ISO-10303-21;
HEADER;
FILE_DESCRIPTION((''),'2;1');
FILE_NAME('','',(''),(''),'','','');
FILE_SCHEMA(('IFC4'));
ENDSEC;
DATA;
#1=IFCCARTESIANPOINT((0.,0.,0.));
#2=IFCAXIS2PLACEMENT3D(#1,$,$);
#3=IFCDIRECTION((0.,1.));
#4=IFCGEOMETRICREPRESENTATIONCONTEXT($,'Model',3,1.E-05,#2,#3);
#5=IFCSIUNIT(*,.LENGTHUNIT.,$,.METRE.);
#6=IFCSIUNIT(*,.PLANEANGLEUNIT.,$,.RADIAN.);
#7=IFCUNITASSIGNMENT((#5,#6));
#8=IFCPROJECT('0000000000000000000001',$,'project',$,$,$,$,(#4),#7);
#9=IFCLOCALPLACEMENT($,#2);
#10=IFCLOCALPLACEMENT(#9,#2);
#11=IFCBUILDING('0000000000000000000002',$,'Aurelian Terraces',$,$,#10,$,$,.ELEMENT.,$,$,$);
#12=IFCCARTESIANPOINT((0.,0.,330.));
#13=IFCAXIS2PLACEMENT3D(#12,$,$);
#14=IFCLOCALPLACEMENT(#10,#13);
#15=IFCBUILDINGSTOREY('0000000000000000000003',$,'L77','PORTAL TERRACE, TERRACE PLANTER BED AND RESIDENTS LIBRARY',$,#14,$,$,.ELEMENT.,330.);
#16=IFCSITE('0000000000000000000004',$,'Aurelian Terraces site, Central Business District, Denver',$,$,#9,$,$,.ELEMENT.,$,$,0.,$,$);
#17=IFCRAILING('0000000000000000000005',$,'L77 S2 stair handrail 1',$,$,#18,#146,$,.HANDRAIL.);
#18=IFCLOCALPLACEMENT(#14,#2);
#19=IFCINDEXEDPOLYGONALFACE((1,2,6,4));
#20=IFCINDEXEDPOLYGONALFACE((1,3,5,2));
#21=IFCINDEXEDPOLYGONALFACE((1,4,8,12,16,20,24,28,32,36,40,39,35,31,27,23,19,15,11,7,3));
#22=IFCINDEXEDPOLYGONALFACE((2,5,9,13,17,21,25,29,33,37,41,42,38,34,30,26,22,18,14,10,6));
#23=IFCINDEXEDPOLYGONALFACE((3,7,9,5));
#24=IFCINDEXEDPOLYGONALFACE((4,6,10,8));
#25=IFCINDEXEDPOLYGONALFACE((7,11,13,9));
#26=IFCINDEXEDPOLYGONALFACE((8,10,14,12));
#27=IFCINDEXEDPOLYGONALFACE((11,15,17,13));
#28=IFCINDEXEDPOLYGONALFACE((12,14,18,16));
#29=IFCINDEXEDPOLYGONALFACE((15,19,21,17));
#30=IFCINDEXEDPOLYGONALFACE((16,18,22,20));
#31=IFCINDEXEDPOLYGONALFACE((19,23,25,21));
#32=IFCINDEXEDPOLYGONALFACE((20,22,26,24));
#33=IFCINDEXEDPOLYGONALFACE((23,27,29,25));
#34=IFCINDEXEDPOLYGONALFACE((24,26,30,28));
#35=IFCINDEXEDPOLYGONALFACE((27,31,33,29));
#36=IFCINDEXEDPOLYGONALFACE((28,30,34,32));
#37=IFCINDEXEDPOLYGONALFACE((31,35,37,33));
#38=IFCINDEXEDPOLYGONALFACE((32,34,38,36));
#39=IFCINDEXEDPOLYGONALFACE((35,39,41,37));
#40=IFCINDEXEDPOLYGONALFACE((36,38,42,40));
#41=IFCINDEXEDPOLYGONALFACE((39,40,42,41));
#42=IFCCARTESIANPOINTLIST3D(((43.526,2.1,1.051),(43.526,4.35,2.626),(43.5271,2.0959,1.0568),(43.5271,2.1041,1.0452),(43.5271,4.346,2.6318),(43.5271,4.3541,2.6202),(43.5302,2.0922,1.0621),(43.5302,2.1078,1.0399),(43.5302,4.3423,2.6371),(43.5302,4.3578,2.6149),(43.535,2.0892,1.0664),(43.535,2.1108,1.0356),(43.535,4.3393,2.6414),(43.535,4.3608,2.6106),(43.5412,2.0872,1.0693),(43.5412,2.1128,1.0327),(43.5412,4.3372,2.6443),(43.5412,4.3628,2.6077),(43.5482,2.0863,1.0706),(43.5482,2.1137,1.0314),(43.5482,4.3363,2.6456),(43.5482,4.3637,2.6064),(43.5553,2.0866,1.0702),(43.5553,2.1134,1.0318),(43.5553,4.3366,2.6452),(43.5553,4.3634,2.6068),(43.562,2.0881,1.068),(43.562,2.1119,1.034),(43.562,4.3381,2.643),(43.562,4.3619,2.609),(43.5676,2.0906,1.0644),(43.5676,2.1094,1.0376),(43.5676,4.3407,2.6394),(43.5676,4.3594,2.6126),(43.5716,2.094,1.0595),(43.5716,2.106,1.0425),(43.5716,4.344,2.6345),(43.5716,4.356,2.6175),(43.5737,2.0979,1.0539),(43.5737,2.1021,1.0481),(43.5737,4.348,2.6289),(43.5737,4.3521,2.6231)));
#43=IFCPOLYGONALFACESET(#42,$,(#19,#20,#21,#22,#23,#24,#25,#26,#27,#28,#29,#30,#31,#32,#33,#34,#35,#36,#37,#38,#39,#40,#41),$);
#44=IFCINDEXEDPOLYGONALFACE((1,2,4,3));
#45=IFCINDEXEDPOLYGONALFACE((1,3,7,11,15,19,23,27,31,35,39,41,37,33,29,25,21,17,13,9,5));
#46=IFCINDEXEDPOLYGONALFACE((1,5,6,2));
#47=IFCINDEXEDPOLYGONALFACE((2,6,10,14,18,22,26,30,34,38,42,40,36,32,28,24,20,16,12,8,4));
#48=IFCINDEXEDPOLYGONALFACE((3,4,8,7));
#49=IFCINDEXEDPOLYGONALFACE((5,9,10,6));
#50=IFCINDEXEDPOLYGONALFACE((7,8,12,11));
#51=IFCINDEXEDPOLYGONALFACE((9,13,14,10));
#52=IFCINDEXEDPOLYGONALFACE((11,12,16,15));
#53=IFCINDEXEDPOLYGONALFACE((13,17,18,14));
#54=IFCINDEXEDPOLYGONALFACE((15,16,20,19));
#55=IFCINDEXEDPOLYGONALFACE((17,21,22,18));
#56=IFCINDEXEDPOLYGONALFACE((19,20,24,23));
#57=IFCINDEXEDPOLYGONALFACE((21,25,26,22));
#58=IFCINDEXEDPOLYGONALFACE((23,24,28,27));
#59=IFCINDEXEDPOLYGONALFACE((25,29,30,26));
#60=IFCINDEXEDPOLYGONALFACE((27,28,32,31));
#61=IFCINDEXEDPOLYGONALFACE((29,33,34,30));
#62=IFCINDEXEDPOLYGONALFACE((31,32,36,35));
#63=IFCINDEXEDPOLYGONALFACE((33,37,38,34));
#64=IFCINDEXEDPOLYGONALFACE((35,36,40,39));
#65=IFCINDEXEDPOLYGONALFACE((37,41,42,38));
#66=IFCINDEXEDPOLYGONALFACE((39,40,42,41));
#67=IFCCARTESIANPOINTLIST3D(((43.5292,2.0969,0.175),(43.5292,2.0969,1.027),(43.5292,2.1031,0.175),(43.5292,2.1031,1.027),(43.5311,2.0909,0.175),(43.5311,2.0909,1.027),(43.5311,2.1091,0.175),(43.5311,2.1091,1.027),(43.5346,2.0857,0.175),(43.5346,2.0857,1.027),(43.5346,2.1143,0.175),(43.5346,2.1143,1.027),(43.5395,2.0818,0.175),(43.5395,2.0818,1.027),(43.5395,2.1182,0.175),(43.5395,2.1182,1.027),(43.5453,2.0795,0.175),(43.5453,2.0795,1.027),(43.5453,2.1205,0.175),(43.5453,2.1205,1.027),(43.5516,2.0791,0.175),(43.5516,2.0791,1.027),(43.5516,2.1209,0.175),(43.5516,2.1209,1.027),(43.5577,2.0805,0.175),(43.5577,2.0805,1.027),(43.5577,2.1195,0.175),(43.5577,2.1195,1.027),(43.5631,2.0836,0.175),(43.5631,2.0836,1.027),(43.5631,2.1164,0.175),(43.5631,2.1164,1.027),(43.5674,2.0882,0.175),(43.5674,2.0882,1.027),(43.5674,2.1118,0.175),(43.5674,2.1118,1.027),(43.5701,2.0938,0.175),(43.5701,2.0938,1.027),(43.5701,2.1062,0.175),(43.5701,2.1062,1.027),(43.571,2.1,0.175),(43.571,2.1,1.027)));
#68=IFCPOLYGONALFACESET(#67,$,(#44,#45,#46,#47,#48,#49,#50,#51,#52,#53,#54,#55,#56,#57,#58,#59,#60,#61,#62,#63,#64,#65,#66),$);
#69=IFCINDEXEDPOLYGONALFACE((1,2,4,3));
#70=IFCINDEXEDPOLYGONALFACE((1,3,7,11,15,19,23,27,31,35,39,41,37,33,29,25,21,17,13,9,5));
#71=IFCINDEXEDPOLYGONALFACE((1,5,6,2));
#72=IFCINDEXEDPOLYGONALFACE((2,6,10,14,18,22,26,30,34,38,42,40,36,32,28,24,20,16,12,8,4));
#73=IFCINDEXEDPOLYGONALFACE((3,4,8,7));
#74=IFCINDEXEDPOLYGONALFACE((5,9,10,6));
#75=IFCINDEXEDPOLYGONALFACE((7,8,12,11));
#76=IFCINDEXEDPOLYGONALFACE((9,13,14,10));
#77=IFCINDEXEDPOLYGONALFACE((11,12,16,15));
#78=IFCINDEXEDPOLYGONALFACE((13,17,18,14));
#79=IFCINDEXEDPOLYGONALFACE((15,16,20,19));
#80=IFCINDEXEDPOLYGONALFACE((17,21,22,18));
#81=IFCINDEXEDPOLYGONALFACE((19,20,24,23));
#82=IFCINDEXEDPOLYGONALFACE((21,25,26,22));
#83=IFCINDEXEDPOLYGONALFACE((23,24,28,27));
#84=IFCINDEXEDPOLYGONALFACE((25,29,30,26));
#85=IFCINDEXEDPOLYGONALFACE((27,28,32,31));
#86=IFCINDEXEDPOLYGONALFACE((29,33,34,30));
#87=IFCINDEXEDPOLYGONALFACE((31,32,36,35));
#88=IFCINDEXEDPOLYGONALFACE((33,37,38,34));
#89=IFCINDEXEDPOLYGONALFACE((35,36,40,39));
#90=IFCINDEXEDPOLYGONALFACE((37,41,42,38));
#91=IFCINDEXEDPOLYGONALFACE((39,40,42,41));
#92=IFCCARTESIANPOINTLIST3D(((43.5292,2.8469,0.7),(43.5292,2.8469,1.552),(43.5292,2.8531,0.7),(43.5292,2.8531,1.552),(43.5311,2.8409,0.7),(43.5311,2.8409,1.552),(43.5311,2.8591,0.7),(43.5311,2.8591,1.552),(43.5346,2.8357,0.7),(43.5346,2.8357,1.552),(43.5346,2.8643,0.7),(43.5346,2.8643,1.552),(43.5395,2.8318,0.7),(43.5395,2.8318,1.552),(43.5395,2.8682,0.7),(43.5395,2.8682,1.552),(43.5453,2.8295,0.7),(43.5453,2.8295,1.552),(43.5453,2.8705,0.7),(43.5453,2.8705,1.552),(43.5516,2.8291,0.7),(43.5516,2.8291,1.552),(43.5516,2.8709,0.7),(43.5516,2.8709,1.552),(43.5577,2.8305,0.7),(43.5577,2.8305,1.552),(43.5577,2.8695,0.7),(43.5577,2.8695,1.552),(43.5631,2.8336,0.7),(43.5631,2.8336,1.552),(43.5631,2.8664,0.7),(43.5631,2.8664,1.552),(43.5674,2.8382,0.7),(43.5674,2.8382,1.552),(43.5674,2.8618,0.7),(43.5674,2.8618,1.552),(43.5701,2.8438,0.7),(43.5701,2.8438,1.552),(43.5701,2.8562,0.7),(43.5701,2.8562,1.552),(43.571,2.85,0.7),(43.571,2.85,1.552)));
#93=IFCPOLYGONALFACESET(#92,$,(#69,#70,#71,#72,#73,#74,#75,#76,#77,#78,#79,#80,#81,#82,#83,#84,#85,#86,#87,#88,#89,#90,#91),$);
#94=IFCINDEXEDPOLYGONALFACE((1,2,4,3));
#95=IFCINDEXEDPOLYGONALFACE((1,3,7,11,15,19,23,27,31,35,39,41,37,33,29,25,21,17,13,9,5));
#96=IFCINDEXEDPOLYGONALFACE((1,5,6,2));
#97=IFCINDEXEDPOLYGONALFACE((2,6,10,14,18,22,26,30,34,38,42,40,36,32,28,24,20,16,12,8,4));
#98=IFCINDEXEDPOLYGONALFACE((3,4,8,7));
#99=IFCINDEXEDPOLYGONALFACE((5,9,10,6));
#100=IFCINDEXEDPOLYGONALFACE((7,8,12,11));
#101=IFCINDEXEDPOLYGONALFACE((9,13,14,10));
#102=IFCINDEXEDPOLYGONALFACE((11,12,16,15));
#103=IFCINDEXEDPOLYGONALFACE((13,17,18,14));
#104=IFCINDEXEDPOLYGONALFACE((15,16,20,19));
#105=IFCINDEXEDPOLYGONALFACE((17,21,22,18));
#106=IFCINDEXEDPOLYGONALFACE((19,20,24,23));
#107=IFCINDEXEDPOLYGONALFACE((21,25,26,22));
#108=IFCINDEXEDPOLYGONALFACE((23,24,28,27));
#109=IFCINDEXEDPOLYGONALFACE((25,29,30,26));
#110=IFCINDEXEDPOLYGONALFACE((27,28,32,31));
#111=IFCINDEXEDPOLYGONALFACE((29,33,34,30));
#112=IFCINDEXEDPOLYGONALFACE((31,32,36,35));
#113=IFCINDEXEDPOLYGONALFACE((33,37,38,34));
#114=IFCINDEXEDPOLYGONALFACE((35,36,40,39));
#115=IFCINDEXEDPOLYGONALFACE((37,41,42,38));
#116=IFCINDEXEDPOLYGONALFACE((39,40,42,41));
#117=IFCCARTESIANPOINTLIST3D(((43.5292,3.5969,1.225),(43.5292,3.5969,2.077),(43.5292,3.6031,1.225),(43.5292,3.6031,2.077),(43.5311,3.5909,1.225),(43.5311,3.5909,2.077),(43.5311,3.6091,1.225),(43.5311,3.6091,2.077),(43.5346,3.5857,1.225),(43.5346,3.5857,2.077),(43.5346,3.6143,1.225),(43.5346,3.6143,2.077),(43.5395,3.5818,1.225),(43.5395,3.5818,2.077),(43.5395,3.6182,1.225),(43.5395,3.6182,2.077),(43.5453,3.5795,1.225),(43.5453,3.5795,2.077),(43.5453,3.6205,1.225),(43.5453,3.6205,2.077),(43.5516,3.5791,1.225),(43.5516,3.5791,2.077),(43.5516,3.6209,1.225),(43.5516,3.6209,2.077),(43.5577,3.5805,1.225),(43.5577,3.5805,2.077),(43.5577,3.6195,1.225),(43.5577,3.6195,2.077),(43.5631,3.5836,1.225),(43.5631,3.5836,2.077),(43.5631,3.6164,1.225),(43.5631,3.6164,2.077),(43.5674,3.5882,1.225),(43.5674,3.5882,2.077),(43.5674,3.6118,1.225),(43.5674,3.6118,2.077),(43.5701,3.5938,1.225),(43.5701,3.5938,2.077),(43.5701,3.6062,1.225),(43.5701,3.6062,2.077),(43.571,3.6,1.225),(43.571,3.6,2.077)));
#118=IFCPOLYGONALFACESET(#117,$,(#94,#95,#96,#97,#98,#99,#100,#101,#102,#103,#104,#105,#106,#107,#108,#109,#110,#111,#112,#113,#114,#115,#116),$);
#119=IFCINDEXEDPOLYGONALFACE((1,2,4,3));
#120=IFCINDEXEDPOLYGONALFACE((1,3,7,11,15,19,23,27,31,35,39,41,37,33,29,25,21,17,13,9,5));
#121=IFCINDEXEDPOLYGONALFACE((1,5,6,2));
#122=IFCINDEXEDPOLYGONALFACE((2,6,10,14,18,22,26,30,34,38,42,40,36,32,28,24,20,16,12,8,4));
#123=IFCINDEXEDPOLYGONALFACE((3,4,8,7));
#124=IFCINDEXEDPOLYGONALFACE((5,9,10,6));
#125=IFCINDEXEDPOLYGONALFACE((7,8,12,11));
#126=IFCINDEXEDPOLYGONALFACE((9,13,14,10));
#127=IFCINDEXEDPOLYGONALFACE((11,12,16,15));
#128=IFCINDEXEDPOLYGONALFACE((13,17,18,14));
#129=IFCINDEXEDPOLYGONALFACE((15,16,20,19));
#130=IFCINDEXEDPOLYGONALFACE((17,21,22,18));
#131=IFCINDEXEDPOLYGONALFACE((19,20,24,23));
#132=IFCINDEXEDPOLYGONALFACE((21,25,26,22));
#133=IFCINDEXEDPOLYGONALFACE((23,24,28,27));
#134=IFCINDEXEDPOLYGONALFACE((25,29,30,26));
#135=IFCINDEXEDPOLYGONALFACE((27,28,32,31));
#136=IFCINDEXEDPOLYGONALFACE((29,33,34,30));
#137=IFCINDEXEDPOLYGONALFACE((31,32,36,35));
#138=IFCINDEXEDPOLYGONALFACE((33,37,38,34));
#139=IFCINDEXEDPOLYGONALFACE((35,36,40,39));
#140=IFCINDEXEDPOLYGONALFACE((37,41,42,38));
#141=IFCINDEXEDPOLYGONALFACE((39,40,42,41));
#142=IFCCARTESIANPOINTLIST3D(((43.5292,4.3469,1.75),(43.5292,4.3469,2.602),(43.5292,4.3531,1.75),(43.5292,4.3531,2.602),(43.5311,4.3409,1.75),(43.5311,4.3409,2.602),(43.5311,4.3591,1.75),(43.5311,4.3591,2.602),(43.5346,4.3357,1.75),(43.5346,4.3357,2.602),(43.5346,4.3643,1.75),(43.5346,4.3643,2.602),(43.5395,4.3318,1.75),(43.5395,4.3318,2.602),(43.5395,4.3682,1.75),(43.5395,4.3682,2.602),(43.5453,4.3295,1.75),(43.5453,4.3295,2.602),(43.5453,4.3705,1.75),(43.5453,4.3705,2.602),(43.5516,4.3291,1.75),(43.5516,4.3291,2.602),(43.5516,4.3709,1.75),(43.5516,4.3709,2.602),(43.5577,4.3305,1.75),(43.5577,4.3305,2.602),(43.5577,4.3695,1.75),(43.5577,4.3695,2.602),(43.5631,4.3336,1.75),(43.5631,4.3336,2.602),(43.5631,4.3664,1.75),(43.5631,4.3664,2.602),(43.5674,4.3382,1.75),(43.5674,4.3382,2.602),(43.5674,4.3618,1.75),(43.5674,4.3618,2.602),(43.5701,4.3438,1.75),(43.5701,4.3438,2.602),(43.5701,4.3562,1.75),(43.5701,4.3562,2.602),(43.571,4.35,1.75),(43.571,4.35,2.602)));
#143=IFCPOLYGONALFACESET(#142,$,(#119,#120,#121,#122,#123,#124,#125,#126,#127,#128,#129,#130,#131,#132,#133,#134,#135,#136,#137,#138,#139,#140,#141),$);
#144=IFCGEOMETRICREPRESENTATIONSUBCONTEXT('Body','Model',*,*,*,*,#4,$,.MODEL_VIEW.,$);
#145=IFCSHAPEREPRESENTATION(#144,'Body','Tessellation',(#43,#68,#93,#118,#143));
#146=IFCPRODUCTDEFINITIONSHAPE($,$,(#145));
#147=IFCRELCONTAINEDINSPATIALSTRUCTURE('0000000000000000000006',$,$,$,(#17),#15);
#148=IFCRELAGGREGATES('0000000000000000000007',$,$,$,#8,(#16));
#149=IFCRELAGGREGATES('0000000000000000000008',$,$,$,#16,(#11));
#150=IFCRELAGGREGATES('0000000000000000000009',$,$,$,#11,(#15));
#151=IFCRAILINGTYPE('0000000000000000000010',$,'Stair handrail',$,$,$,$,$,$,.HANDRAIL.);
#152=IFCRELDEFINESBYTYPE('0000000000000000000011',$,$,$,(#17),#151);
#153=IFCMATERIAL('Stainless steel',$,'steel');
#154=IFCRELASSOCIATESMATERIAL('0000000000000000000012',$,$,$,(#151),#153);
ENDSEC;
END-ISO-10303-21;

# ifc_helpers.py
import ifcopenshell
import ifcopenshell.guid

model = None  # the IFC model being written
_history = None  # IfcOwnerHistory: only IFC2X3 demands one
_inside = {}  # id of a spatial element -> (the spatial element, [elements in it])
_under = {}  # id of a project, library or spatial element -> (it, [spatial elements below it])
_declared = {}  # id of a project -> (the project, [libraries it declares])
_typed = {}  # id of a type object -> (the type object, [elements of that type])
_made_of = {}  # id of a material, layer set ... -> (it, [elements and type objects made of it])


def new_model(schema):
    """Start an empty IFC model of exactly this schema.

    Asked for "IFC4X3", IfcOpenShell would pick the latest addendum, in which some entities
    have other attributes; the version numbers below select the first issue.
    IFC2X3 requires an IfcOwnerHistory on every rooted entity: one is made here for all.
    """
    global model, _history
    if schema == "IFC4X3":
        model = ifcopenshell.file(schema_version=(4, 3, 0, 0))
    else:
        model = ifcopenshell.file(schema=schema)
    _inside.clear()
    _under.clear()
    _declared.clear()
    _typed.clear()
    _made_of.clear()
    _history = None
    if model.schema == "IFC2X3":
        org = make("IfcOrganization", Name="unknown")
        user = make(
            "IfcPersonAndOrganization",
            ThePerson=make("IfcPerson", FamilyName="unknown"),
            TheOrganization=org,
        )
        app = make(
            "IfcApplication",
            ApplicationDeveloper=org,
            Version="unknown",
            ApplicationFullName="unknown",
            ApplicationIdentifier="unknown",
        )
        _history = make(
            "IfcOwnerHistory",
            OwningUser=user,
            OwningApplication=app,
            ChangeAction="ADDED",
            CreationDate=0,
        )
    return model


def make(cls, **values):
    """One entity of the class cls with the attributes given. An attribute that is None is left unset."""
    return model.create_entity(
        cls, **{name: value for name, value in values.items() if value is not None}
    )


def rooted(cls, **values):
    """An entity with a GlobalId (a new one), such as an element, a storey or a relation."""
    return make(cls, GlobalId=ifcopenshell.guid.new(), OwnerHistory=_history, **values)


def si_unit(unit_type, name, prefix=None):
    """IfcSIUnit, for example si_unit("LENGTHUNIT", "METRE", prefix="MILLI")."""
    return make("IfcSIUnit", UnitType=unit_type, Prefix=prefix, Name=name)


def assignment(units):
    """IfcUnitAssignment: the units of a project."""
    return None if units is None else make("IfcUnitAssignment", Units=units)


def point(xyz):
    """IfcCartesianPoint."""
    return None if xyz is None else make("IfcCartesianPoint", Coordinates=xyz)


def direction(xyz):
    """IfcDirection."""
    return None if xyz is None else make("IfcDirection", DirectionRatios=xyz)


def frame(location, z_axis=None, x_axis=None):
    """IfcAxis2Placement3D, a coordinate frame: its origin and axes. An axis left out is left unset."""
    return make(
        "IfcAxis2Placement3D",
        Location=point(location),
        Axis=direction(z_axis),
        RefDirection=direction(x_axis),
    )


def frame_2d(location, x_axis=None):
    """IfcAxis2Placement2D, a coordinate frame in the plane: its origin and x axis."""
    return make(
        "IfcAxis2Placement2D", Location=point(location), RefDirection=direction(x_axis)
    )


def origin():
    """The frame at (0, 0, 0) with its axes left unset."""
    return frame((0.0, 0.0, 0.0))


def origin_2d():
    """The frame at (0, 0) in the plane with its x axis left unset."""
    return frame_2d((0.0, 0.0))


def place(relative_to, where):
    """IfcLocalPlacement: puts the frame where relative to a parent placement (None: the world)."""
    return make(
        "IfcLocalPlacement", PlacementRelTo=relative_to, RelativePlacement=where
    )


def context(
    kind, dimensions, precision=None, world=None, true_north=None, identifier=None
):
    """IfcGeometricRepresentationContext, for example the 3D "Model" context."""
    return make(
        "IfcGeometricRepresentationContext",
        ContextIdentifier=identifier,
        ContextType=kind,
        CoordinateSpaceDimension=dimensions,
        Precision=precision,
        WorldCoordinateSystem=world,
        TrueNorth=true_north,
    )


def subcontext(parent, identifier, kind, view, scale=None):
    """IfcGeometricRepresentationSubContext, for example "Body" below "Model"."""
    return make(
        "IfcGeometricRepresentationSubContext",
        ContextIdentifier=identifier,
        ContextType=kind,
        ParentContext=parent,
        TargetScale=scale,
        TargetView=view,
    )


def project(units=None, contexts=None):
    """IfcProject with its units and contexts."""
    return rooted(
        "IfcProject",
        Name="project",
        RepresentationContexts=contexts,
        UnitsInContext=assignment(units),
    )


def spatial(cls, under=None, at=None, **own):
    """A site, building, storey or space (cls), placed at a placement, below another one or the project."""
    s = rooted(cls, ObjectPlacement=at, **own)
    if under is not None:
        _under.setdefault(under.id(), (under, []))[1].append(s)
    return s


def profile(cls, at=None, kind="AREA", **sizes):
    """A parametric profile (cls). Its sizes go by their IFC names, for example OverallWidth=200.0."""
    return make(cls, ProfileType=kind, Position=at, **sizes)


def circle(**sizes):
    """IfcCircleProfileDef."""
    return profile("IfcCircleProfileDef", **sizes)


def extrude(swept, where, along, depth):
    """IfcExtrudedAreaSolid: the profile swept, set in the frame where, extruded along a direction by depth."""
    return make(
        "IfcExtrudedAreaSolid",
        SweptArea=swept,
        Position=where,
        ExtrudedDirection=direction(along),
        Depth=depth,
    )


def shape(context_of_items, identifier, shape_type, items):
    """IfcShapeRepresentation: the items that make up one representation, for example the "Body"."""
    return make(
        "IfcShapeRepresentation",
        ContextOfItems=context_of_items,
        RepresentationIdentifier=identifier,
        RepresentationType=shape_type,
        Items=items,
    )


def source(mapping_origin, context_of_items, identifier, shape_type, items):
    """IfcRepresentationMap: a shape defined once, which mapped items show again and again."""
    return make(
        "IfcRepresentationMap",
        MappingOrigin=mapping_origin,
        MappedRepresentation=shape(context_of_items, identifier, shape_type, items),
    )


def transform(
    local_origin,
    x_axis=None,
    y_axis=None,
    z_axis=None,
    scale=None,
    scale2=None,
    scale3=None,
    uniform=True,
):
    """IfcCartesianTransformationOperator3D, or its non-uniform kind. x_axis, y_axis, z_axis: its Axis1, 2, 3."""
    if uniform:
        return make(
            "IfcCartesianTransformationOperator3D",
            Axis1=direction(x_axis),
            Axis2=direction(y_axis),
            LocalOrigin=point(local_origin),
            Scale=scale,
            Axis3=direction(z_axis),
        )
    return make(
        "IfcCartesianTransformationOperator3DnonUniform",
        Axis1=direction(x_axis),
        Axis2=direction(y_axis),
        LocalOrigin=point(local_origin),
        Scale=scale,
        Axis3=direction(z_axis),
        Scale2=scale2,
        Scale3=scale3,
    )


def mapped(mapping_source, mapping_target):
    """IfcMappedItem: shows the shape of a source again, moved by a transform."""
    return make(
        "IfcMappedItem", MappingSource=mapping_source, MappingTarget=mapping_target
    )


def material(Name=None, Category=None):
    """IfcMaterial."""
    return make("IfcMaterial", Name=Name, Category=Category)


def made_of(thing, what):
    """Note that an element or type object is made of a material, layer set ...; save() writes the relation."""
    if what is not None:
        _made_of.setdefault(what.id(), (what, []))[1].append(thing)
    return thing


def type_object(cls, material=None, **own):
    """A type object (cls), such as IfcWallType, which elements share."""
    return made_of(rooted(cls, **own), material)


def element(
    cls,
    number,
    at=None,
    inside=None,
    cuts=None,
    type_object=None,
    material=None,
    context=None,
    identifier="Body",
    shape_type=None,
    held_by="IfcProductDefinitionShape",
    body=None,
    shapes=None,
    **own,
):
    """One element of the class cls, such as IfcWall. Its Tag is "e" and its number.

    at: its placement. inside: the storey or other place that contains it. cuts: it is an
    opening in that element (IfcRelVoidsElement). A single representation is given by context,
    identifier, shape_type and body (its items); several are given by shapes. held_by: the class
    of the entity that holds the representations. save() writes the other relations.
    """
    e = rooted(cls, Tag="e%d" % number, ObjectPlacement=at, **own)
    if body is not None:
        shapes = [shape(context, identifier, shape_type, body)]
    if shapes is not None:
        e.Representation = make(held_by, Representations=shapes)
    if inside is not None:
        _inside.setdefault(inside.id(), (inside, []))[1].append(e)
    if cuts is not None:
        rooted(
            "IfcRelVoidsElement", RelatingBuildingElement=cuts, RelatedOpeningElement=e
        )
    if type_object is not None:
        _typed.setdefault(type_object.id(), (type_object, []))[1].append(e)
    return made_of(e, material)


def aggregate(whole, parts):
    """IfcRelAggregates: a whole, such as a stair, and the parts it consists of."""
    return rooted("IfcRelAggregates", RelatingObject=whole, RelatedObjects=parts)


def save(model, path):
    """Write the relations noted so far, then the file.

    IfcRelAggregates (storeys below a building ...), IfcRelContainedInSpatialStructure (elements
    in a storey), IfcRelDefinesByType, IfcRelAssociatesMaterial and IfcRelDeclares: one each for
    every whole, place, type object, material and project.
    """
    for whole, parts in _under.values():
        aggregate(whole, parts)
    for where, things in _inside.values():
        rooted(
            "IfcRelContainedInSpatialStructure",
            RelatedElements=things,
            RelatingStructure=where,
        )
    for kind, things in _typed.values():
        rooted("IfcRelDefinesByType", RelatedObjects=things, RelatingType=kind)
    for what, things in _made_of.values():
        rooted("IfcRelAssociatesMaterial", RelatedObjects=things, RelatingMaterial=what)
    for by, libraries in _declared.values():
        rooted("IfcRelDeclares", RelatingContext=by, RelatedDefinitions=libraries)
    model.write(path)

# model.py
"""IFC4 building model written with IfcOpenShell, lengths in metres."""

from ifc_helpers import new_model, si_unit, direction, frame, origin, origin_2d, place, context, subcontext, project, spatial, circle, extrude, source, transform, mapped, material, type_object, element, save


model = new_model("IFC4")

# Units and contexts
model_context = context("Model", 3, precision=1e-05, world=origin(), true_north=direction((0.0, 1.0)))
body_context = subcontext(model_context, "Body", "Model", "MODEL_VIEW")
ifc_project = project(units=[si_unit("LENGTHUNIT", "METRE"), si_unit("PLANEANGLEUNIT", "RADIAN")], contexts=[model_context])

# Site, building, storey
site_placement = place(None, origin())
site = spatial("IfcSite", under=ifc_project, at=site_placement, Name="Aurelian Terraces site, Central Business District, Denver", CompositionType="ELEMENT", RefElevation=0.0)
building_placement = place(site_placement, origin())
building = spatial("IfcBuilding", under=site, at=building_placement, Name="Aurelian Terraces", CompositionType="ELEMENT")
storey_placement = place(building_placement, frame((0.0, 0.0, 330.0)))
storey = spatial("IfcBuildingStorey", under=building, at=storey_placement, Name="L77", Description="PORTAL TERRACE, TERRACE PLANTER BED AND RESIDENTS LIBRARY", CompositionType="ELEMENT", Elevation=330.0)

# Railing
ifc_material_1 = material(Name="Stainless steel", Category="steel")
railing_type_1 = type_object("IfcRailingType", Name="Stair handrail", PredefinedType="HANDRAIL", material=ifc_material_1)
shared_shape_1 = source(origin(), body_context, "Body", "SweptSolid", [
    extrude(circle(Radius=0.024, at=origin_2d()), frame((0.0, 0.0, 0.876), z_axis=(0.0, 0.819232, 0.573462), x_axis=(-1.0, 0.0, 0.0)), (0.0, 0.0, 1.0), 2.7465),
    extrude(circle(Radius=0.021, at=origin_2d()), origin(), (0.0, 0.0, 1.0), 0.852),
    extrude(circle(Radius=0.021, at=origin_2d()), frame((0.0, 0.75, 0.525)), (0.0, 0.0, 1.0), 0.852),
    extrude(circle(Radius=0.021, at=origin_2d()), frame((0.0, 1.5, 1.05)), (0.0, 0.0, 1.0), 0.852),
    extrude(circle(Radius=0.021, at=origin_2d()), frame((0.0, 2.25, 1.575)), (0.0, 0.0, 1.0), 0.852),
])
railing_1_placement = place(storey_placement, frame((43.55, 2.1, 0.175)))
element("IfcRailing", 1, at=railing_1_placement, inside=storey, type_object=railing_type_1, Name="L77 S2 stair handrail 1", PredefinedType="HANDRAIL", context=body_context, shape_type="MappedRepresentation", body=[
    mapped(shared_shape_1, transform((0.0, 0.0, 0.0), scale=1.0)),
])

save(model, "model.ifc")
